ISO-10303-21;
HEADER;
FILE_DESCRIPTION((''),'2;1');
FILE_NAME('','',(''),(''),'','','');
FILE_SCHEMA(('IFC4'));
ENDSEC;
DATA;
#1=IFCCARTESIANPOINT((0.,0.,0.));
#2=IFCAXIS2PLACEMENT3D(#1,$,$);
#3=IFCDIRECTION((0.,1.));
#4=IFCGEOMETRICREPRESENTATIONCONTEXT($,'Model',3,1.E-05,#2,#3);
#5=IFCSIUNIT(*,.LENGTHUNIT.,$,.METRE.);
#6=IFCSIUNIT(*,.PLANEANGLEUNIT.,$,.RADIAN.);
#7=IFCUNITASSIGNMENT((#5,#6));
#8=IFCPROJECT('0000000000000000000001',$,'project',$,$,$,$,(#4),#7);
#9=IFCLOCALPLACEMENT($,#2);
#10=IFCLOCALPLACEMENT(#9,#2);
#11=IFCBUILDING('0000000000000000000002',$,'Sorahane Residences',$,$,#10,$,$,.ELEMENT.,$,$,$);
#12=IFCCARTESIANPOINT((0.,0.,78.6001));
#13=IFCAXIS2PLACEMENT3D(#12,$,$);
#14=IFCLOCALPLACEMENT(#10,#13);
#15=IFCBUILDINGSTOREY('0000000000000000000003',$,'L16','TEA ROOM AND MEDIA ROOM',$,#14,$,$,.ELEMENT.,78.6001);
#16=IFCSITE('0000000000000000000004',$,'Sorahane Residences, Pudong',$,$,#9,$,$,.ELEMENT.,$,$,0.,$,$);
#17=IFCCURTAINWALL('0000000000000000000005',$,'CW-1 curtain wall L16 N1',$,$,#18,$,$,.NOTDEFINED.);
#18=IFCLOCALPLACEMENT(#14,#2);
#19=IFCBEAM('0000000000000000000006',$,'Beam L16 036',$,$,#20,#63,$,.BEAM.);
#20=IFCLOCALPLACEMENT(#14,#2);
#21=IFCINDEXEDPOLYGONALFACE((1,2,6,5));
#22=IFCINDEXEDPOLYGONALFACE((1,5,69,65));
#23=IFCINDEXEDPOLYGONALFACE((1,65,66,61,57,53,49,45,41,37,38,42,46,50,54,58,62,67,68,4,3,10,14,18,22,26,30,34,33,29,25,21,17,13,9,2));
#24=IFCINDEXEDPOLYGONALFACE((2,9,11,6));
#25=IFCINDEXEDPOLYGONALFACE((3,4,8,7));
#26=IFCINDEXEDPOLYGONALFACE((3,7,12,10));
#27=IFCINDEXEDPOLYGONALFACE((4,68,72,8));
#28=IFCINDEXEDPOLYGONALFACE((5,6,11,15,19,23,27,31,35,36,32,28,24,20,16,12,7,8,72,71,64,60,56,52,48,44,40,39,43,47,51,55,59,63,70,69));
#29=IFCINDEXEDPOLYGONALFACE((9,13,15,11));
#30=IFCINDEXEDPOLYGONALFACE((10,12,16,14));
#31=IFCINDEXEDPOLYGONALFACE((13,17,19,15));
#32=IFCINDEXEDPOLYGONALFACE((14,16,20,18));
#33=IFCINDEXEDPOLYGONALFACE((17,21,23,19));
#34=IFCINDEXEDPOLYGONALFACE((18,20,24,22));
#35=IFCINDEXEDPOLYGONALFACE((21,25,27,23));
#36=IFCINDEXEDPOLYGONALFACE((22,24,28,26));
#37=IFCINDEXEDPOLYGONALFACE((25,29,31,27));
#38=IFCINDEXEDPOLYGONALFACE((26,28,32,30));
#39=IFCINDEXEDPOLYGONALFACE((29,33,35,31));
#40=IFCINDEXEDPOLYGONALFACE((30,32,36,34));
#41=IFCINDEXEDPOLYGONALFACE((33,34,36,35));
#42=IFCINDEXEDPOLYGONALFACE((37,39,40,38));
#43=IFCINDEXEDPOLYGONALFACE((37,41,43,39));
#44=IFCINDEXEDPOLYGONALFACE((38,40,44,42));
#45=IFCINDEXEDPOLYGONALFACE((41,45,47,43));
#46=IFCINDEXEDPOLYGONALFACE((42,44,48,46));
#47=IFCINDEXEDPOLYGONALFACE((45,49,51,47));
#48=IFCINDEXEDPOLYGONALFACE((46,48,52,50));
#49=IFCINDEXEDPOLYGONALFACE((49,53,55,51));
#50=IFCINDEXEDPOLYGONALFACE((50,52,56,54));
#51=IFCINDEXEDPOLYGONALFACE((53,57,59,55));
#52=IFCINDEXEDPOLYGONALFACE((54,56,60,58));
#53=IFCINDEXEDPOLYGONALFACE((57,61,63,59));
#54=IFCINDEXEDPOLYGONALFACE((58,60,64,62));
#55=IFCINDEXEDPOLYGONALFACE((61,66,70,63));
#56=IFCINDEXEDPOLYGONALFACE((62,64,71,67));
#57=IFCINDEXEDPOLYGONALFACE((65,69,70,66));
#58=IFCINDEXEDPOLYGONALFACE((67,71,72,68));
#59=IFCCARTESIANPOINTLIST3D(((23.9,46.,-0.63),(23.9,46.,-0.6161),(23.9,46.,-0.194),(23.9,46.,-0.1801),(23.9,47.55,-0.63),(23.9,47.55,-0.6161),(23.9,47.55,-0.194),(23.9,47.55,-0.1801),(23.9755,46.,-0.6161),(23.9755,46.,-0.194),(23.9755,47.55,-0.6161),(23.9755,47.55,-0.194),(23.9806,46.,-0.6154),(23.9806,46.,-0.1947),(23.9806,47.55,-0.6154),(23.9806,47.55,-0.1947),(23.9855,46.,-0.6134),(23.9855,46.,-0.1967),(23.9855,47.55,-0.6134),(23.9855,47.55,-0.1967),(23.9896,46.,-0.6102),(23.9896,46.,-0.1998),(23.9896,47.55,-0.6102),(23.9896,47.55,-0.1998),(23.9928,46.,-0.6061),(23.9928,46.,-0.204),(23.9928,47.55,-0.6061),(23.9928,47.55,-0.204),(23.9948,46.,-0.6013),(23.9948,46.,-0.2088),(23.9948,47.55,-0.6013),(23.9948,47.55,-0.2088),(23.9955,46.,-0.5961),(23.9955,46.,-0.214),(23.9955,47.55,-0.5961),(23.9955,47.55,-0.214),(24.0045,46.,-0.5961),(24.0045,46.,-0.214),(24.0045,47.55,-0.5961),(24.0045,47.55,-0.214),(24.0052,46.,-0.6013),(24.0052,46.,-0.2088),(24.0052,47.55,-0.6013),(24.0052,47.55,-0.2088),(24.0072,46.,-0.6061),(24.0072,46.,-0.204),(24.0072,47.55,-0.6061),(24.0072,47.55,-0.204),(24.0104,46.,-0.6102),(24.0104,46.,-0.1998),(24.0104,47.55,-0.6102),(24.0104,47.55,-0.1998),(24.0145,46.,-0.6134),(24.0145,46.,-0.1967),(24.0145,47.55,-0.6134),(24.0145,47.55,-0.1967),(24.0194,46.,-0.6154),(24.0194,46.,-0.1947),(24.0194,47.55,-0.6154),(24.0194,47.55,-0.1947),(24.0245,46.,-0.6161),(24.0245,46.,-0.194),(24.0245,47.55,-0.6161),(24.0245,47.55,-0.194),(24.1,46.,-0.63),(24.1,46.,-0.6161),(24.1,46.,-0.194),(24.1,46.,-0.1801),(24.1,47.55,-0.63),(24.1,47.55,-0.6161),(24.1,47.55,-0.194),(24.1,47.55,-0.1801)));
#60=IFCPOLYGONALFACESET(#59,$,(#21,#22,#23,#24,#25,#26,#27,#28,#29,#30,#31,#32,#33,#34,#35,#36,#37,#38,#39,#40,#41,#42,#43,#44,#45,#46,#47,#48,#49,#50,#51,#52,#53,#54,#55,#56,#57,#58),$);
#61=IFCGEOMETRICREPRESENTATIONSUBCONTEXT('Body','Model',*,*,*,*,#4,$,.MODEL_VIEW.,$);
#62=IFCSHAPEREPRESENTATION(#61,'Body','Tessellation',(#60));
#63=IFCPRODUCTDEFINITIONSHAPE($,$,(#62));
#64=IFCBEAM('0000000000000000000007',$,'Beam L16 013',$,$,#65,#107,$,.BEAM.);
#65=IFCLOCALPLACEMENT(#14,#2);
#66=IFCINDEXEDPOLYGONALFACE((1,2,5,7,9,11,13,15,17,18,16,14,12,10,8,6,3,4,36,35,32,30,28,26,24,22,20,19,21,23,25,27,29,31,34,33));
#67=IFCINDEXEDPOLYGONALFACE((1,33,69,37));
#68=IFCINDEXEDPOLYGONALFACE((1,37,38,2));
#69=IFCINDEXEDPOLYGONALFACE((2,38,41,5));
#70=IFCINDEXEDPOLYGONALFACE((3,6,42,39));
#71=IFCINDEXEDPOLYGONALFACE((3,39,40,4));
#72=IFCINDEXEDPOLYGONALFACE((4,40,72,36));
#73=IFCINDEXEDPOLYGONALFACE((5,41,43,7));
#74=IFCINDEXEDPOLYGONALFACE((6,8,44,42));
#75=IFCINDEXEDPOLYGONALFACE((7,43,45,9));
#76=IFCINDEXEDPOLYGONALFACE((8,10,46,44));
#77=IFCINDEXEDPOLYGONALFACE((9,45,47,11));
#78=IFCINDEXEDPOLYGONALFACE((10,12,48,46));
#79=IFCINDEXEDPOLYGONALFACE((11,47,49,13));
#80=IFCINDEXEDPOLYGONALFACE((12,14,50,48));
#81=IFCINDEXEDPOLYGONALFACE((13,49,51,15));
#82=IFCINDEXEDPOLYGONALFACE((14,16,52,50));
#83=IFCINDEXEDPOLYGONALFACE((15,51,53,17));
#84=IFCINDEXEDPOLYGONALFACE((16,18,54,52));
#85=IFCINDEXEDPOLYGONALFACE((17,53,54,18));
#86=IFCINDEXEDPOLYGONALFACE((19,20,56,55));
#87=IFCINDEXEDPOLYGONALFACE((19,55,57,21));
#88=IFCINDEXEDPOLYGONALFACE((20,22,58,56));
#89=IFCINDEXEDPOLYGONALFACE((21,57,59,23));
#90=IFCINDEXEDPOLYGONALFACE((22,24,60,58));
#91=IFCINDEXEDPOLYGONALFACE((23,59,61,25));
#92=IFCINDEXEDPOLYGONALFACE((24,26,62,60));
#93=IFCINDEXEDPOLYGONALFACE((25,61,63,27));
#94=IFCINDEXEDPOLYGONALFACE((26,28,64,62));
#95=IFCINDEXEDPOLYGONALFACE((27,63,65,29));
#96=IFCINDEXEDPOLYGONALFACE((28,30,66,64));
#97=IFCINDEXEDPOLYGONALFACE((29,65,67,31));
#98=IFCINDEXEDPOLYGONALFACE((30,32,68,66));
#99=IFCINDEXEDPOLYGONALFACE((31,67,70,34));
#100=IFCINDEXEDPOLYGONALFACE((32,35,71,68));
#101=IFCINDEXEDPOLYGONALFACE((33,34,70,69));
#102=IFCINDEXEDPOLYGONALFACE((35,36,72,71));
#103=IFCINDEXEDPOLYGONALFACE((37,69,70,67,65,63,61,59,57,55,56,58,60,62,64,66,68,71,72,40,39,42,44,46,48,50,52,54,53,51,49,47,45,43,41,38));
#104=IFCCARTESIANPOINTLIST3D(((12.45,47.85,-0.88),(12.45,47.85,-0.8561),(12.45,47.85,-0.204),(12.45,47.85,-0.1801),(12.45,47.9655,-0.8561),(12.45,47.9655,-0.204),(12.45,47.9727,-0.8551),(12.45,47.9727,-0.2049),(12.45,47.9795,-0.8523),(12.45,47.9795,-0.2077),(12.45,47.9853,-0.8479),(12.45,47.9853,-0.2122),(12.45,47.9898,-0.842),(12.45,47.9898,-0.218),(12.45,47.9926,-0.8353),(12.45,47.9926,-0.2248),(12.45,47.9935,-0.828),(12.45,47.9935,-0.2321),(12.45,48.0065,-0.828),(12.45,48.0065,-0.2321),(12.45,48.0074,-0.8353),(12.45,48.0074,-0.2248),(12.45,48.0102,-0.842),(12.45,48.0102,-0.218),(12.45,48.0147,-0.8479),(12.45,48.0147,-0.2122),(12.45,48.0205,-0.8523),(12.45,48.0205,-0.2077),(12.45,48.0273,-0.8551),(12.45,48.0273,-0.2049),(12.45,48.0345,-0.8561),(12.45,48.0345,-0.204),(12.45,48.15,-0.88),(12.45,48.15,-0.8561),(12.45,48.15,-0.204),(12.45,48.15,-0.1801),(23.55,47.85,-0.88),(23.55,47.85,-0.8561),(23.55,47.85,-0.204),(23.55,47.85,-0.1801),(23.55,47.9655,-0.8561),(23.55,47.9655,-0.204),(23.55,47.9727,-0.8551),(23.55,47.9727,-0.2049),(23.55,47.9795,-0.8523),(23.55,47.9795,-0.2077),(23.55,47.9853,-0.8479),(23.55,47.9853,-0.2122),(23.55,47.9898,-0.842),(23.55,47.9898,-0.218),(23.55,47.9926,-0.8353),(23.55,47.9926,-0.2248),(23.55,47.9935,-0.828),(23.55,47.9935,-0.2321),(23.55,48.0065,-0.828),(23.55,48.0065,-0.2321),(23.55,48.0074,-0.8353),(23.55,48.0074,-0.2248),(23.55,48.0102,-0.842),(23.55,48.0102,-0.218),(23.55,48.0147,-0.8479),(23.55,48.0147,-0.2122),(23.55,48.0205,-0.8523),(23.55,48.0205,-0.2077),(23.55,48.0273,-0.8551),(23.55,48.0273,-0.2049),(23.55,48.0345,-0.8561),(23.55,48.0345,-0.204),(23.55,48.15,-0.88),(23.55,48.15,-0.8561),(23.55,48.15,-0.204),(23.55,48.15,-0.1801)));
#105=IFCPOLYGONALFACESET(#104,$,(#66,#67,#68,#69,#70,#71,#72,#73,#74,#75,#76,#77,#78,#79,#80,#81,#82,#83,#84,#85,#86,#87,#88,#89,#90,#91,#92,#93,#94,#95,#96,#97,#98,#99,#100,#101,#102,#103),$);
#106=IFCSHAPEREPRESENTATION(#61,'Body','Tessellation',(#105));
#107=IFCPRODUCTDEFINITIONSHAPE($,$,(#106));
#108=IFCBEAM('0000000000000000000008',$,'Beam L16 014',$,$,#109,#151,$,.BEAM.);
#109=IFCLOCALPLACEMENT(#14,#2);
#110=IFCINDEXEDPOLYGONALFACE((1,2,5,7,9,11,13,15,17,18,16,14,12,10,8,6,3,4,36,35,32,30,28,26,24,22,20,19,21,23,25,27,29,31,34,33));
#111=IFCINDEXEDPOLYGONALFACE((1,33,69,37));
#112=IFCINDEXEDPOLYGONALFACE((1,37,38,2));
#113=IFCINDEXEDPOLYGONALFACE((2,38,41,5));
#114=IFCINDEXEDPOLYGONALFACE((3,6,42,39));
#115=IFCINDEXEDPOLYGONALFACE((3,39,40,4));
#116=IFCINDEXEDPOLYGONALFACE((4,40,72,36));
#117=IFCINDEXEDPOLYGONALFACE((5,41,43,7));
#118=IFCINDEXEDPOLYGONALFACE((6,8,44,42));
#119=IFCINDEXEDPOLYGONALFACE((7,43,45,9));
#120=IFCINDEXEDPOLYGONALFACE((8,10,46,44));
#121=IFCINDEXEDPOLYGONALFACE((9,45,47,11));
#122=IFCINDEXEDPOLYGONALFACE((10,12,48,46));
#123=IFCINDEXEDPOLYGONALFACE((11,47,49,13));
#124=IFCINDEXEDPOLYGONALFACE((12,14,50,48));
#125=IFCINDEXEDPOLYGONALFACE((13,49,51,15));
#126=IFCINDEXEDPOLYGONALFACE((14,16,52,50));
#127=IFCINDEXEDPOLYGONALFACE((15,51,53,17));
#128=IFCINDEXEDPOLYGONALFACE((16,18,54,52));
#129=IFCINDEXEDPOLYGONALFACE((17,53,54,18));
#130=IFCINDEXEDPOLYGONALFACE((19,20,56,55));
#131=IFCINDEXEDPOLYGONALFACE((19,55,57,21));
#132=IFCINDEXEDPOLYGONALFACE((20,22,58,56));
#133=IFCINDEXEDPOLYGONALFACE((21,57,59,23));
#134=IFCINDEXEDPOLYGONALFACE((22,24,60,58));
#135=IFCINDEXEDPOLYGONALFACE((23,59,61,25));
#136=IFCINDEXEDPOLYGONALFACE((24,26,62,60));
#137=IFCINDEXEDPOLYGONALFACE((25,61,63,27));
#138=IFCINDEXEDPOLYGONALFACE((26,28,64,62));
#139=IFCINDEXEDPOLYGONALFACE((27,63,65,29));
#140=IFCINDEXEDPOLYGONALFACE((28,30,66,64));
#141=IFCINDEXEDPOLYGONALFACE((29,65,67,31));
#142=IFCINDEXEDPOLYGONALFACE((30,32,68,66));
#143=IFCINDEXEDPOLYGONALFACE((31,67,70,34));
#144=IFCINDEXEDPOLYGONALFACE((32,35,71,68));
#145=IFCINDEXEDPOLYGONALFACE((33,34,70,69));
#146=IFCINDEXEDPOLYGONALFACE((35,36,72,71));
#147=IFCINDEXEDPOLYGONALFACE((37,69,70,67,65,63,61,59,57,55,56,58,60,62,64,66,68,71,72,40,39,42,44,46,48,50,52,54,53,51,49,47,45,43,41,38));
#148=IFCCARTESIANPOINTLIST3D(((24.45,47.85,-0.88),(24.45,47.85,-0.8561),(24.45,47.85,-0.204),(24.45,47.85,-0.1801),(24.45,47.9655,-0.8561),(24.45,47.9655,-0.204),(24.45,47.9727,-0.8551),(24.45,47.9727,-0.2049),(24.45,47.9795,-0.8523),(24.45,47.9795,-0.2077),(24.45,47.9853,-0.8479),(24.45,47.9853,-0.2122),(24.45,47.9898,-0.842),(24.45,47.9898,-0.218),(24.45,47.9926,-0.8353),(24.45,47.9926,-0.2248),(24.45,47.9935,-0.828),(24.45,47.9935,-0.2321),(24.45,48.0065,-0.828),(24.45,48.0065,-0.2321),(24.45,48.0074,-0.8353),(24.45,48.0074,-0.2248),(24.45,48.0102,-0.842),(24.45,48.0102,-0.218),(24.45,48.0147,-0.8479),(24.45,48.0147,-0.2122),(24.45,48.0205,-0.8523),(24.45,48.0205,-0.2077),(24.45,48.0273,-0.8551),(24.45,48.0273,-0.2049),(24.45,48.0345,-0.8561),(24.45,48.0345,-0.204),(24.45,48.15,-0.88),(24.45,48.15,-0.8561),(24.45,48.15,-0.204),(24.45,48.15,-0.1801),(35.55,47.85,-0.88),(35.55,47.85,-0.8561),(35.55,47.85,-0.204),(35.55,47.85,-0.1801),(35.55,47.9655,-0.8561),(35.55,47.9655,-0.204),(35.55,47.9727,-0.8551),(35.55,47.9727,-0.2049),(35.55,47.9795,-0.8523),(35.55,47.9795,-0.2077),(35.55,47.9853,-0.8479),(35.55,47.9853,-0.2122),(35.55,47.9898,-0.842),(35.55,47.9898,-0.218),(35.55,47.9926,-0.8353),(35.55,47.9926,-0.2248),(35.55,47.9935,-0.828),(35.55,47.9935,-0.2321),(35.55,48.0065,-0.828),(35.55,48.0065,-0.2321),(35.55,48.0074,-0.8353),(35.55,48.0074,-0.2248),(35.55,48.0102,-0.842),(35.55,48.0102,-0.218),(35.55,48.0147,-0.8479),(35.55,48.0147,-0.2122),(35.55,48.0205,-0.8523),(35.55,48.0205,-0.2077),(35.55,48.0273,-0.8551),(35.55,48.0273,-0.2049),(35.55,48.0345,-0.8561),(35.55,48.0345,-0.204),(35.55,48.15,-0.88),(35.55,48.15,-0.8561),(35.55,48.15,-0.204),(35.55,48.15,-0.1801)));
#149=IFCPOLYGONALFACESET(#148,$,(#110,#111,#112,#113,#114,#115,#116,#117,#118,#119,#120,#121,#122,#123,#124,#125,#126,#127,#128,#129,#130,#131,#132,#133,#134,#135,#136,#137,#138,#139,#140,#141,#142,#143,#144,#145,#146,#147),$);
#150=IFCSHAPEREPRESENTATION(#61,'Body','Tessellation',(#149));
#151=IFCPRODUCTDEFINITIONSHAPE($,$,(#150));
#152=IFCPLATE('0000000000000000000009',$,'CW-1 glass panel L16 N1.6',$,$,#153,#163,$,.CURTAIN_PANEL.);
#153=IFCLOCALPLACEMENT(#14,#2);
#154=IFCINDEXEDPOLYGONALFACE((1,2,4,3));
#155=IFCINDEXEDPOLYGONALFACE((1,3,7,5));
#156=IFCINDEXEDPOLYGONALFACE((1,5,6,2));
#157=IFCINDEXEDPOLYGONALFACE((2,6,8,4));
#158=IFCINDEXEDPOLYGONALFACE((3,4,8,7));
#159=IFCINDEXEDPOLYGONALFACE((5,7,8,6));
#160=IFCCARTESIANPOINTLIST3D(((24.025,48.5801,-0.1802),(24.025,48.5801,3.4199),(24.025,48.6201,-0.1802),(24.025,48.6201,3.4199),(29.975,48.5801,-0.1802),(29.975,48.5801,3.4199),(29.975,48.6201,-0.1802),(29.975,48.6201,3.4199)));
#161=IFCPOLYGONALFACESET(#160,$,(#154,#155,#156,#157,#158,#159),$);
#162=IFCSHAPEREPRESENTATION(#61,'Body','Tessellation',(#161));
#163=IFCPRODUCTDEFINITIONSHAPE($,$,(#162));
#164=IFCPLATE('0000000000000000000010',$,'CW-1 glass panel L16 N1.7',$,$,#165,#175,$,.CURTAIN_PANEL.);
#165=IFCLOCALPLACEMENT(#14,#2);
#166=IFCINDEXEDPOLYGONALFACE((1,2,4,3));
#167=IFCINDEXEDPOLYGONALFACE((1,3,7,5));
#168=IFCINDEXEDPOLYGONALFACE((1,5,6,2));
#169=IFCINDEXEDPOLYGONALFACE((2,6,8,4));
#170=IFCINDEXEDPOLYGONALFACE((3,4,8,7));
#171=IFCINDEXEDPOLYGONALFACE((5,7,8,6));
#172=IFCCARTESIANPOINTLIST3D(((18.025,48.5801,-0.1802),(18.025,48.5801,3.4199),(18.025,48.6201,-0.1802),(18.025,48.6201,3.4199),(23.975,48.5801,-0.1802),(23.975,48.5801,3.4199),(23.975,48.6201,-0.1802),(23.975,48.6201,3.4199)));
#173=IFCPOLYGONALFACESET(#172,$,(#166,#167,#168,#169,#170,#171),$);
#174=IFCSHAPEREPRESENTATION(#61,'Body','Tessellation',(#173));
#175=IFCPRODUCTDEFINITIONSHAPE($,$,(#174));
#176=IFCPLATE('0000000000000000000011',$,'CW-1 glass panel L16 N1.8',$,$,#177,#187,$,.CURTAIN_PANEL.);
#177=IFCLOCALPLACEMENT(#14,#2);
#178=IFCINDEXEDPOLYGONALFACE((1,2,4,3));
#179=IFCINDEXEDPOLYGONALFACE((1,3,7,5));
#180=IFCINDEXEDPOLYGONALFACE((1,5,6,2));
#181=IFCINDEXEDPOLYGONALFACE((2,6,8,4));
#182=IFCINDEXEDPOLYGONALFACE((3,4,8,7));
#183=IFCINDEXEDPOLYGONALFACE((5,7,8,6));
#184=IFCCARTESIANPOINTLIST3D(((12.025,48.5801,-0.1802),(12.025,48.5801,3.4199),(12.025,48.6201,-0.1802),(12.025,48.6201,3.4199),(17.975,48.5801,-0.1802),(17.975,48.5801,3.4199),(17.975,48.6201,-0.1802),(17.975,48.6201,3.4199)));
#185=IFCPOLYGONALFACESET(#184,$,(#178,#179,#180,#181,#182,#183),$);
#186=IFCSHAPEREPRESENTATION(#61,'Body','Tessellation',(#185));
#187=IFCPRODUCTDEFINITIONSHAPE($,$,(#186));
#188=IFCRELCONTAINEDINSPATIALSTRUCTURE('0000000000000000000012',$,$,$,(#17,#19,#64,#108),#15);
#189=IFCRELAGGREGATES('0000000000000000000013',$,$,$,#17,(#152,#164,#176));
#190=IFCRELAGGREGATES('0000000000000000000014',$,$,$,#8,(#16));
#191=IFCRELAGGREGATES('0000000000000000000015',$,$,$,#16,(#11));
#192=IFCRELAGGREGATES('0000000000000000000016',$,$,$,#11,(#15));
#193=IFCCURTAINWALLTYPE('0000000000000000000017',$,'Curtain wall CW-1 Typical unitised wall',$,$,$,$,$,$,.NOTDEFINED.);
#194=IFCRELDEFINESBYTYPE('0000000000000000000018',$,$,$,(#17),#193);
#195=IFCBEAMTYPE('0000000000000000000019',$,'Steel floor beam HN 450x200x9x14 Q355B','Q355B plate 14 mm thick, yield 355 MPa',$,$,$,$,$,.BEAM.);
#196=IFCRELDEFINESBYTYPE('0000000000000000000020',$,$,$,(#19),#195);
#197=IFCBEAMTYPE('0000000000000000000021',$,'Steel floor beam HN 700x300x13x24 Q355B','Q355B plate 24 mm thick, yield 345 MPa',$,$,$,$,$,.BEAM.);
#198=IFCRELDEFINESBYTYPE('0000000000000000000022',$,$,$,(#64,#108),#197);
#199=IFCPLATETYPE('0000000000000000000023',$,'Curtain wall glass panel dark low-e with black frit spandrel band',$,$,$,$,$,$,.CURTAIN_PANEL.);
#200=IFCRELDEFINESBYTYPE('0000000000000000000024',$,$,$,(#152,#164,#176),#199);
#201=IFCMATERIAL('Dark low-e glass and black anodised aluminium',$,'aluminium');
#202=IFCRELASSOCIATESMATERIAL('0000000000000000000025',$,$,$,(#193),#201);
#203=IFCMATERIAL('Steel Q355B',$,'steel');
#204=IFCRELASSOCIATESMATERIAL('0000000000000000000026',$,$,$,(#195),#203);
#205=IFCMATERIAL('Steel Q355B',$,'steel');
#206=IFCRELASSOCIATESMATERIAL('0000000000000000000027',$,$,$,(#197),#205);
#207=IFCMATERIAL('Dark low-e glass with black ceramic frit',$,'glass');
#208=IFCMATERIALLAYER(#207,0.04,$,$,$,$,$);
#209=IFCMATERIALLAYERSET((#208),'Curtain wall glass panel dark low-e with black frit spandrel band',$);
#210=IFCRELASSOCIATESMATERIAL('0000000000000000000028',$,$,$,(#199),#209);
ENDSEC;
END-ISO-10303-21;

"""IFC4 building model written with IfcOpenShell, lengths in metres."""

from ifc_helpers import new_model, si_unit, direction, frame, origin, origin_2d, place, context, subcontext, project, spatial, rectangle, i_section, extrude, material, layer, layer_set, material_profile, profile_set, type_object, element, aggregate, save


model = new_model("IFC4")

# Units and contexts
model_context = context("Model", 3, precision=1e-05, world=origin(), true_north=direction((0.0, 1.0)))
body_context = subcontext(model_context, "Body", "Model", "MODEL_VIEW")
ifc_project = project(units=[si_unit("LENGTHUNIT", "METRE"), si_unit("PLANEANGLEUNIT", "RADIAN")], contexts=[model_context])

# Site, building, storey
site_placement = place(None, origin())
site = spatial("IfcSite", under=ifc_project, at=site_placement, Name="Sorahane Residences, Pudong", CompositionType="ELEMENT", RefElevation=0.0)
building_placement = place(site_placement, origin())
building = spatial("IfcBuilding", under=site, at=building_placement, Name="Sorahane Residences", CompositionType="ELEMENT")
storey_placement = place(building_placement, frame((0.0, 0.0, 78.6001)))
storey = spatial("IfcBuildingStorey", under=building, at=storey_placement, Name="L16", Description="TEA ROOM AND MEDIA ROOM", CompositionType="ELEMENT", Elevation=78.6001)

# Curtain wall
ifc_material_1 = material(Name="Dark low-e glass and black anodised aluminium", Category="aluminium")
curtain_wall_type = type_object("IfcCurtainWallType", Name="Curtain wall CW-1 Typical unitised wall", PredefinedType="NOTDEFINED", material=ifc_material_1)
curtain_wall_placement = place(storey_placement, origin())
curtain_wall = element("IfcCurtainWall", 1, at=curtain_wall_placement, inside=storey, type_object=curtain_wall_type, Name="CW-1 curtain wall L16 N1", PredefinedType="NOTDEFINED")

# Beams
ifc_material_2 = material(Name="Steel Q355B", Category="steel")
ifc_material_profile_1 = material_profile(ifc_material_2, i_section(OverallWidth=0.2, OverallDepth=0.45, WebThickness=0.009, FlangeThickness=0.0139, FilletRadius=0.02, at=origin_2d()), Name="HN 450x200x9x14")
ifc_profile_set_1 = profile_set([ifc_material_profile_1], Name="Steel Q355B")
beam_type_1 = type_object("IfcBeamType", Name="Steel floor beam HN 450x200x9x14 Q355B", Description="Q355B plate 14 mm thick, yield 355 MPa", PredefinedType="BEAM", material=ifc_profile_set_1)
beam_1_placement = place(storey_placement, frame((24.0, 46.0, -0.405), z_axis=(0.0, 1.0, 0.0), x_axis=(-1.0, 0.0, 0.0)))
element("IfcBeam", 2, at=beam_1_placement, inside=storey, type_object=beam_type_1, Name="Beam L16 036", PredefinedType="BEAM", context=body_context, shape_type="SweptSolid", body=[
    extrude(i_section(OverallWidth=0.2, OverallDepth=0.45, WebThickness=0.009, FlangeThickness=0.0139, FilletRadius=0.02, at=origin_2d()), origin(), (0.0, 0.0, 1.0), 1.55),
])
ifc_material_3 = material(Name="Steel Q355B", Category="steel")
ifc_material_profile_2 = material_profile(ifc_material_3, i_section(OverallWidth=0.3, OverallDepth=0.7, WebThickness=0.0129, FlangeThickness=0.0239, FilletRadius=0.0281, at=origin_2d()), Name="HN 700x300x13x24")
ifc_profile_set_2 = profile_set([ifc_material_profile_2], Name="Steel Q355B")
beam_type_2 = type_object("IfcBeamType", Name="Steel floor beam HN 700x300x13x24 Q355B", Description="Q355B plate 24 mm thick, yield 345 MPa", PredefinedType="BEAM", material=ifc_profile_set_2)
for number, where, z_axis, x_axis, name in (
    (3, (12.45, 48.0, -0.53), (1.0, 0.0, 0.0), (0.0, 1.0, 0.0), "Beam L16 013"),
    (4, (24.45, 48.0, -0.53), (1.0, 0.0, 0.0), (0.0, 1.0, 0.0), "Beam L16 014"),
):
    element("IfcBeam", number, at=place(storey_placement, frame(where, z_axis=z_axis, x_axis=x_axis)), inside=storey, type_object=beam_type_2, Name=name, PredefinedType="BEAM", context=body_context, shape_type="SweptSolid", body=[
        extrude(i_section(OverallWidth=0.3, OverallDepth=0.7, WebThickness=0.0129, FlangeThickness=0.0239, FilletRadius=0.0281, at=origin_2d()), origin(), (0.0, 0.0, 1.0), 11.1001),
    ])

# Plates
ifc_material_4 = material(Name="Dark low-e glass with black ceramic frit", Category="glass")
ifc_layer_1 = layer(ifc_material_4, 0.04)
ifc_layer_set_1 = layer_set([ifc_layer_1], Name="Curtain wall glass panel dark low-e with black frit spandrel band")
plate_type = type_object("IfcPlateType", Name="Curtain wall glass panel dark low-e with black frit spandrel band", PredefinedType="CURTAIN_PANEL", material=ifc_layer_set_1)
plate_1_placement = place(storey_placement, frame((27.0, 48.6001, -0.1802), z_axis=(0.0, 0.0, 1.0), x_axis=(-1.0, 0.0, 0.0)))
plate_1 = element("IfcPlate", 5, at=plate_1_placement, type_object=plate_type, Name="CW-1 glass panel L16 N1.6", PredefinedType="CURTAIN_PANEL", context=body_context, shape_type="SweptSolid", body=[
    extrude(rectangle(XDim=5.95, YDim=0.04, at=origin_2d()), origin(), (0.0, 0.0, 1.0), 3.6001),
])
plate_2_placement = place(storey_placement, frame((21.0, 48.6001, -0.1802), z_axis=(0.0, 0.0, 1.0), x_axis=(-1.0, 0.0, 0.0)))
plate_2 = element("IfcPlate", 6, at=plate_2_placement, type_object=plate_type, Name="CW-1 glass panel L16 N1.7", PredefinedType="CURTAIN_PANEL", context=body_context, shape_type="SweptSolid", body=[
    extrude(rectangle(XDim=5.95, YDim=0.04, at=origin_2d()), origin(), (0.0, 0.0, 1.0), 3.6001),
])
plate_3_placement = place(storey_placement, frame((15.0, 48.6001, -0.1802), z_axis=(0.0, 0.0, 1.0), x_axis=(-1.0, 0.0, 0.0)))
plate_3 = element("IfcPlate", 7, at=plate_3_placement, type_object=plate_type, Name="CW-1 glass panel L16 N1.8", PredefinedType="CURTAIN_PANEL", context=body_context, shape_type="SweptSolid", body=[
    extrude(rectangle(XDim=5.95, YDim=0.04, at=origin_2d()), origin(), (0.0, 0.0, 1.0), 3.6001),
])
aggregate(curtain_wall, [plate_1, plate_2, plate_3])

save(model, "model.ifc")
